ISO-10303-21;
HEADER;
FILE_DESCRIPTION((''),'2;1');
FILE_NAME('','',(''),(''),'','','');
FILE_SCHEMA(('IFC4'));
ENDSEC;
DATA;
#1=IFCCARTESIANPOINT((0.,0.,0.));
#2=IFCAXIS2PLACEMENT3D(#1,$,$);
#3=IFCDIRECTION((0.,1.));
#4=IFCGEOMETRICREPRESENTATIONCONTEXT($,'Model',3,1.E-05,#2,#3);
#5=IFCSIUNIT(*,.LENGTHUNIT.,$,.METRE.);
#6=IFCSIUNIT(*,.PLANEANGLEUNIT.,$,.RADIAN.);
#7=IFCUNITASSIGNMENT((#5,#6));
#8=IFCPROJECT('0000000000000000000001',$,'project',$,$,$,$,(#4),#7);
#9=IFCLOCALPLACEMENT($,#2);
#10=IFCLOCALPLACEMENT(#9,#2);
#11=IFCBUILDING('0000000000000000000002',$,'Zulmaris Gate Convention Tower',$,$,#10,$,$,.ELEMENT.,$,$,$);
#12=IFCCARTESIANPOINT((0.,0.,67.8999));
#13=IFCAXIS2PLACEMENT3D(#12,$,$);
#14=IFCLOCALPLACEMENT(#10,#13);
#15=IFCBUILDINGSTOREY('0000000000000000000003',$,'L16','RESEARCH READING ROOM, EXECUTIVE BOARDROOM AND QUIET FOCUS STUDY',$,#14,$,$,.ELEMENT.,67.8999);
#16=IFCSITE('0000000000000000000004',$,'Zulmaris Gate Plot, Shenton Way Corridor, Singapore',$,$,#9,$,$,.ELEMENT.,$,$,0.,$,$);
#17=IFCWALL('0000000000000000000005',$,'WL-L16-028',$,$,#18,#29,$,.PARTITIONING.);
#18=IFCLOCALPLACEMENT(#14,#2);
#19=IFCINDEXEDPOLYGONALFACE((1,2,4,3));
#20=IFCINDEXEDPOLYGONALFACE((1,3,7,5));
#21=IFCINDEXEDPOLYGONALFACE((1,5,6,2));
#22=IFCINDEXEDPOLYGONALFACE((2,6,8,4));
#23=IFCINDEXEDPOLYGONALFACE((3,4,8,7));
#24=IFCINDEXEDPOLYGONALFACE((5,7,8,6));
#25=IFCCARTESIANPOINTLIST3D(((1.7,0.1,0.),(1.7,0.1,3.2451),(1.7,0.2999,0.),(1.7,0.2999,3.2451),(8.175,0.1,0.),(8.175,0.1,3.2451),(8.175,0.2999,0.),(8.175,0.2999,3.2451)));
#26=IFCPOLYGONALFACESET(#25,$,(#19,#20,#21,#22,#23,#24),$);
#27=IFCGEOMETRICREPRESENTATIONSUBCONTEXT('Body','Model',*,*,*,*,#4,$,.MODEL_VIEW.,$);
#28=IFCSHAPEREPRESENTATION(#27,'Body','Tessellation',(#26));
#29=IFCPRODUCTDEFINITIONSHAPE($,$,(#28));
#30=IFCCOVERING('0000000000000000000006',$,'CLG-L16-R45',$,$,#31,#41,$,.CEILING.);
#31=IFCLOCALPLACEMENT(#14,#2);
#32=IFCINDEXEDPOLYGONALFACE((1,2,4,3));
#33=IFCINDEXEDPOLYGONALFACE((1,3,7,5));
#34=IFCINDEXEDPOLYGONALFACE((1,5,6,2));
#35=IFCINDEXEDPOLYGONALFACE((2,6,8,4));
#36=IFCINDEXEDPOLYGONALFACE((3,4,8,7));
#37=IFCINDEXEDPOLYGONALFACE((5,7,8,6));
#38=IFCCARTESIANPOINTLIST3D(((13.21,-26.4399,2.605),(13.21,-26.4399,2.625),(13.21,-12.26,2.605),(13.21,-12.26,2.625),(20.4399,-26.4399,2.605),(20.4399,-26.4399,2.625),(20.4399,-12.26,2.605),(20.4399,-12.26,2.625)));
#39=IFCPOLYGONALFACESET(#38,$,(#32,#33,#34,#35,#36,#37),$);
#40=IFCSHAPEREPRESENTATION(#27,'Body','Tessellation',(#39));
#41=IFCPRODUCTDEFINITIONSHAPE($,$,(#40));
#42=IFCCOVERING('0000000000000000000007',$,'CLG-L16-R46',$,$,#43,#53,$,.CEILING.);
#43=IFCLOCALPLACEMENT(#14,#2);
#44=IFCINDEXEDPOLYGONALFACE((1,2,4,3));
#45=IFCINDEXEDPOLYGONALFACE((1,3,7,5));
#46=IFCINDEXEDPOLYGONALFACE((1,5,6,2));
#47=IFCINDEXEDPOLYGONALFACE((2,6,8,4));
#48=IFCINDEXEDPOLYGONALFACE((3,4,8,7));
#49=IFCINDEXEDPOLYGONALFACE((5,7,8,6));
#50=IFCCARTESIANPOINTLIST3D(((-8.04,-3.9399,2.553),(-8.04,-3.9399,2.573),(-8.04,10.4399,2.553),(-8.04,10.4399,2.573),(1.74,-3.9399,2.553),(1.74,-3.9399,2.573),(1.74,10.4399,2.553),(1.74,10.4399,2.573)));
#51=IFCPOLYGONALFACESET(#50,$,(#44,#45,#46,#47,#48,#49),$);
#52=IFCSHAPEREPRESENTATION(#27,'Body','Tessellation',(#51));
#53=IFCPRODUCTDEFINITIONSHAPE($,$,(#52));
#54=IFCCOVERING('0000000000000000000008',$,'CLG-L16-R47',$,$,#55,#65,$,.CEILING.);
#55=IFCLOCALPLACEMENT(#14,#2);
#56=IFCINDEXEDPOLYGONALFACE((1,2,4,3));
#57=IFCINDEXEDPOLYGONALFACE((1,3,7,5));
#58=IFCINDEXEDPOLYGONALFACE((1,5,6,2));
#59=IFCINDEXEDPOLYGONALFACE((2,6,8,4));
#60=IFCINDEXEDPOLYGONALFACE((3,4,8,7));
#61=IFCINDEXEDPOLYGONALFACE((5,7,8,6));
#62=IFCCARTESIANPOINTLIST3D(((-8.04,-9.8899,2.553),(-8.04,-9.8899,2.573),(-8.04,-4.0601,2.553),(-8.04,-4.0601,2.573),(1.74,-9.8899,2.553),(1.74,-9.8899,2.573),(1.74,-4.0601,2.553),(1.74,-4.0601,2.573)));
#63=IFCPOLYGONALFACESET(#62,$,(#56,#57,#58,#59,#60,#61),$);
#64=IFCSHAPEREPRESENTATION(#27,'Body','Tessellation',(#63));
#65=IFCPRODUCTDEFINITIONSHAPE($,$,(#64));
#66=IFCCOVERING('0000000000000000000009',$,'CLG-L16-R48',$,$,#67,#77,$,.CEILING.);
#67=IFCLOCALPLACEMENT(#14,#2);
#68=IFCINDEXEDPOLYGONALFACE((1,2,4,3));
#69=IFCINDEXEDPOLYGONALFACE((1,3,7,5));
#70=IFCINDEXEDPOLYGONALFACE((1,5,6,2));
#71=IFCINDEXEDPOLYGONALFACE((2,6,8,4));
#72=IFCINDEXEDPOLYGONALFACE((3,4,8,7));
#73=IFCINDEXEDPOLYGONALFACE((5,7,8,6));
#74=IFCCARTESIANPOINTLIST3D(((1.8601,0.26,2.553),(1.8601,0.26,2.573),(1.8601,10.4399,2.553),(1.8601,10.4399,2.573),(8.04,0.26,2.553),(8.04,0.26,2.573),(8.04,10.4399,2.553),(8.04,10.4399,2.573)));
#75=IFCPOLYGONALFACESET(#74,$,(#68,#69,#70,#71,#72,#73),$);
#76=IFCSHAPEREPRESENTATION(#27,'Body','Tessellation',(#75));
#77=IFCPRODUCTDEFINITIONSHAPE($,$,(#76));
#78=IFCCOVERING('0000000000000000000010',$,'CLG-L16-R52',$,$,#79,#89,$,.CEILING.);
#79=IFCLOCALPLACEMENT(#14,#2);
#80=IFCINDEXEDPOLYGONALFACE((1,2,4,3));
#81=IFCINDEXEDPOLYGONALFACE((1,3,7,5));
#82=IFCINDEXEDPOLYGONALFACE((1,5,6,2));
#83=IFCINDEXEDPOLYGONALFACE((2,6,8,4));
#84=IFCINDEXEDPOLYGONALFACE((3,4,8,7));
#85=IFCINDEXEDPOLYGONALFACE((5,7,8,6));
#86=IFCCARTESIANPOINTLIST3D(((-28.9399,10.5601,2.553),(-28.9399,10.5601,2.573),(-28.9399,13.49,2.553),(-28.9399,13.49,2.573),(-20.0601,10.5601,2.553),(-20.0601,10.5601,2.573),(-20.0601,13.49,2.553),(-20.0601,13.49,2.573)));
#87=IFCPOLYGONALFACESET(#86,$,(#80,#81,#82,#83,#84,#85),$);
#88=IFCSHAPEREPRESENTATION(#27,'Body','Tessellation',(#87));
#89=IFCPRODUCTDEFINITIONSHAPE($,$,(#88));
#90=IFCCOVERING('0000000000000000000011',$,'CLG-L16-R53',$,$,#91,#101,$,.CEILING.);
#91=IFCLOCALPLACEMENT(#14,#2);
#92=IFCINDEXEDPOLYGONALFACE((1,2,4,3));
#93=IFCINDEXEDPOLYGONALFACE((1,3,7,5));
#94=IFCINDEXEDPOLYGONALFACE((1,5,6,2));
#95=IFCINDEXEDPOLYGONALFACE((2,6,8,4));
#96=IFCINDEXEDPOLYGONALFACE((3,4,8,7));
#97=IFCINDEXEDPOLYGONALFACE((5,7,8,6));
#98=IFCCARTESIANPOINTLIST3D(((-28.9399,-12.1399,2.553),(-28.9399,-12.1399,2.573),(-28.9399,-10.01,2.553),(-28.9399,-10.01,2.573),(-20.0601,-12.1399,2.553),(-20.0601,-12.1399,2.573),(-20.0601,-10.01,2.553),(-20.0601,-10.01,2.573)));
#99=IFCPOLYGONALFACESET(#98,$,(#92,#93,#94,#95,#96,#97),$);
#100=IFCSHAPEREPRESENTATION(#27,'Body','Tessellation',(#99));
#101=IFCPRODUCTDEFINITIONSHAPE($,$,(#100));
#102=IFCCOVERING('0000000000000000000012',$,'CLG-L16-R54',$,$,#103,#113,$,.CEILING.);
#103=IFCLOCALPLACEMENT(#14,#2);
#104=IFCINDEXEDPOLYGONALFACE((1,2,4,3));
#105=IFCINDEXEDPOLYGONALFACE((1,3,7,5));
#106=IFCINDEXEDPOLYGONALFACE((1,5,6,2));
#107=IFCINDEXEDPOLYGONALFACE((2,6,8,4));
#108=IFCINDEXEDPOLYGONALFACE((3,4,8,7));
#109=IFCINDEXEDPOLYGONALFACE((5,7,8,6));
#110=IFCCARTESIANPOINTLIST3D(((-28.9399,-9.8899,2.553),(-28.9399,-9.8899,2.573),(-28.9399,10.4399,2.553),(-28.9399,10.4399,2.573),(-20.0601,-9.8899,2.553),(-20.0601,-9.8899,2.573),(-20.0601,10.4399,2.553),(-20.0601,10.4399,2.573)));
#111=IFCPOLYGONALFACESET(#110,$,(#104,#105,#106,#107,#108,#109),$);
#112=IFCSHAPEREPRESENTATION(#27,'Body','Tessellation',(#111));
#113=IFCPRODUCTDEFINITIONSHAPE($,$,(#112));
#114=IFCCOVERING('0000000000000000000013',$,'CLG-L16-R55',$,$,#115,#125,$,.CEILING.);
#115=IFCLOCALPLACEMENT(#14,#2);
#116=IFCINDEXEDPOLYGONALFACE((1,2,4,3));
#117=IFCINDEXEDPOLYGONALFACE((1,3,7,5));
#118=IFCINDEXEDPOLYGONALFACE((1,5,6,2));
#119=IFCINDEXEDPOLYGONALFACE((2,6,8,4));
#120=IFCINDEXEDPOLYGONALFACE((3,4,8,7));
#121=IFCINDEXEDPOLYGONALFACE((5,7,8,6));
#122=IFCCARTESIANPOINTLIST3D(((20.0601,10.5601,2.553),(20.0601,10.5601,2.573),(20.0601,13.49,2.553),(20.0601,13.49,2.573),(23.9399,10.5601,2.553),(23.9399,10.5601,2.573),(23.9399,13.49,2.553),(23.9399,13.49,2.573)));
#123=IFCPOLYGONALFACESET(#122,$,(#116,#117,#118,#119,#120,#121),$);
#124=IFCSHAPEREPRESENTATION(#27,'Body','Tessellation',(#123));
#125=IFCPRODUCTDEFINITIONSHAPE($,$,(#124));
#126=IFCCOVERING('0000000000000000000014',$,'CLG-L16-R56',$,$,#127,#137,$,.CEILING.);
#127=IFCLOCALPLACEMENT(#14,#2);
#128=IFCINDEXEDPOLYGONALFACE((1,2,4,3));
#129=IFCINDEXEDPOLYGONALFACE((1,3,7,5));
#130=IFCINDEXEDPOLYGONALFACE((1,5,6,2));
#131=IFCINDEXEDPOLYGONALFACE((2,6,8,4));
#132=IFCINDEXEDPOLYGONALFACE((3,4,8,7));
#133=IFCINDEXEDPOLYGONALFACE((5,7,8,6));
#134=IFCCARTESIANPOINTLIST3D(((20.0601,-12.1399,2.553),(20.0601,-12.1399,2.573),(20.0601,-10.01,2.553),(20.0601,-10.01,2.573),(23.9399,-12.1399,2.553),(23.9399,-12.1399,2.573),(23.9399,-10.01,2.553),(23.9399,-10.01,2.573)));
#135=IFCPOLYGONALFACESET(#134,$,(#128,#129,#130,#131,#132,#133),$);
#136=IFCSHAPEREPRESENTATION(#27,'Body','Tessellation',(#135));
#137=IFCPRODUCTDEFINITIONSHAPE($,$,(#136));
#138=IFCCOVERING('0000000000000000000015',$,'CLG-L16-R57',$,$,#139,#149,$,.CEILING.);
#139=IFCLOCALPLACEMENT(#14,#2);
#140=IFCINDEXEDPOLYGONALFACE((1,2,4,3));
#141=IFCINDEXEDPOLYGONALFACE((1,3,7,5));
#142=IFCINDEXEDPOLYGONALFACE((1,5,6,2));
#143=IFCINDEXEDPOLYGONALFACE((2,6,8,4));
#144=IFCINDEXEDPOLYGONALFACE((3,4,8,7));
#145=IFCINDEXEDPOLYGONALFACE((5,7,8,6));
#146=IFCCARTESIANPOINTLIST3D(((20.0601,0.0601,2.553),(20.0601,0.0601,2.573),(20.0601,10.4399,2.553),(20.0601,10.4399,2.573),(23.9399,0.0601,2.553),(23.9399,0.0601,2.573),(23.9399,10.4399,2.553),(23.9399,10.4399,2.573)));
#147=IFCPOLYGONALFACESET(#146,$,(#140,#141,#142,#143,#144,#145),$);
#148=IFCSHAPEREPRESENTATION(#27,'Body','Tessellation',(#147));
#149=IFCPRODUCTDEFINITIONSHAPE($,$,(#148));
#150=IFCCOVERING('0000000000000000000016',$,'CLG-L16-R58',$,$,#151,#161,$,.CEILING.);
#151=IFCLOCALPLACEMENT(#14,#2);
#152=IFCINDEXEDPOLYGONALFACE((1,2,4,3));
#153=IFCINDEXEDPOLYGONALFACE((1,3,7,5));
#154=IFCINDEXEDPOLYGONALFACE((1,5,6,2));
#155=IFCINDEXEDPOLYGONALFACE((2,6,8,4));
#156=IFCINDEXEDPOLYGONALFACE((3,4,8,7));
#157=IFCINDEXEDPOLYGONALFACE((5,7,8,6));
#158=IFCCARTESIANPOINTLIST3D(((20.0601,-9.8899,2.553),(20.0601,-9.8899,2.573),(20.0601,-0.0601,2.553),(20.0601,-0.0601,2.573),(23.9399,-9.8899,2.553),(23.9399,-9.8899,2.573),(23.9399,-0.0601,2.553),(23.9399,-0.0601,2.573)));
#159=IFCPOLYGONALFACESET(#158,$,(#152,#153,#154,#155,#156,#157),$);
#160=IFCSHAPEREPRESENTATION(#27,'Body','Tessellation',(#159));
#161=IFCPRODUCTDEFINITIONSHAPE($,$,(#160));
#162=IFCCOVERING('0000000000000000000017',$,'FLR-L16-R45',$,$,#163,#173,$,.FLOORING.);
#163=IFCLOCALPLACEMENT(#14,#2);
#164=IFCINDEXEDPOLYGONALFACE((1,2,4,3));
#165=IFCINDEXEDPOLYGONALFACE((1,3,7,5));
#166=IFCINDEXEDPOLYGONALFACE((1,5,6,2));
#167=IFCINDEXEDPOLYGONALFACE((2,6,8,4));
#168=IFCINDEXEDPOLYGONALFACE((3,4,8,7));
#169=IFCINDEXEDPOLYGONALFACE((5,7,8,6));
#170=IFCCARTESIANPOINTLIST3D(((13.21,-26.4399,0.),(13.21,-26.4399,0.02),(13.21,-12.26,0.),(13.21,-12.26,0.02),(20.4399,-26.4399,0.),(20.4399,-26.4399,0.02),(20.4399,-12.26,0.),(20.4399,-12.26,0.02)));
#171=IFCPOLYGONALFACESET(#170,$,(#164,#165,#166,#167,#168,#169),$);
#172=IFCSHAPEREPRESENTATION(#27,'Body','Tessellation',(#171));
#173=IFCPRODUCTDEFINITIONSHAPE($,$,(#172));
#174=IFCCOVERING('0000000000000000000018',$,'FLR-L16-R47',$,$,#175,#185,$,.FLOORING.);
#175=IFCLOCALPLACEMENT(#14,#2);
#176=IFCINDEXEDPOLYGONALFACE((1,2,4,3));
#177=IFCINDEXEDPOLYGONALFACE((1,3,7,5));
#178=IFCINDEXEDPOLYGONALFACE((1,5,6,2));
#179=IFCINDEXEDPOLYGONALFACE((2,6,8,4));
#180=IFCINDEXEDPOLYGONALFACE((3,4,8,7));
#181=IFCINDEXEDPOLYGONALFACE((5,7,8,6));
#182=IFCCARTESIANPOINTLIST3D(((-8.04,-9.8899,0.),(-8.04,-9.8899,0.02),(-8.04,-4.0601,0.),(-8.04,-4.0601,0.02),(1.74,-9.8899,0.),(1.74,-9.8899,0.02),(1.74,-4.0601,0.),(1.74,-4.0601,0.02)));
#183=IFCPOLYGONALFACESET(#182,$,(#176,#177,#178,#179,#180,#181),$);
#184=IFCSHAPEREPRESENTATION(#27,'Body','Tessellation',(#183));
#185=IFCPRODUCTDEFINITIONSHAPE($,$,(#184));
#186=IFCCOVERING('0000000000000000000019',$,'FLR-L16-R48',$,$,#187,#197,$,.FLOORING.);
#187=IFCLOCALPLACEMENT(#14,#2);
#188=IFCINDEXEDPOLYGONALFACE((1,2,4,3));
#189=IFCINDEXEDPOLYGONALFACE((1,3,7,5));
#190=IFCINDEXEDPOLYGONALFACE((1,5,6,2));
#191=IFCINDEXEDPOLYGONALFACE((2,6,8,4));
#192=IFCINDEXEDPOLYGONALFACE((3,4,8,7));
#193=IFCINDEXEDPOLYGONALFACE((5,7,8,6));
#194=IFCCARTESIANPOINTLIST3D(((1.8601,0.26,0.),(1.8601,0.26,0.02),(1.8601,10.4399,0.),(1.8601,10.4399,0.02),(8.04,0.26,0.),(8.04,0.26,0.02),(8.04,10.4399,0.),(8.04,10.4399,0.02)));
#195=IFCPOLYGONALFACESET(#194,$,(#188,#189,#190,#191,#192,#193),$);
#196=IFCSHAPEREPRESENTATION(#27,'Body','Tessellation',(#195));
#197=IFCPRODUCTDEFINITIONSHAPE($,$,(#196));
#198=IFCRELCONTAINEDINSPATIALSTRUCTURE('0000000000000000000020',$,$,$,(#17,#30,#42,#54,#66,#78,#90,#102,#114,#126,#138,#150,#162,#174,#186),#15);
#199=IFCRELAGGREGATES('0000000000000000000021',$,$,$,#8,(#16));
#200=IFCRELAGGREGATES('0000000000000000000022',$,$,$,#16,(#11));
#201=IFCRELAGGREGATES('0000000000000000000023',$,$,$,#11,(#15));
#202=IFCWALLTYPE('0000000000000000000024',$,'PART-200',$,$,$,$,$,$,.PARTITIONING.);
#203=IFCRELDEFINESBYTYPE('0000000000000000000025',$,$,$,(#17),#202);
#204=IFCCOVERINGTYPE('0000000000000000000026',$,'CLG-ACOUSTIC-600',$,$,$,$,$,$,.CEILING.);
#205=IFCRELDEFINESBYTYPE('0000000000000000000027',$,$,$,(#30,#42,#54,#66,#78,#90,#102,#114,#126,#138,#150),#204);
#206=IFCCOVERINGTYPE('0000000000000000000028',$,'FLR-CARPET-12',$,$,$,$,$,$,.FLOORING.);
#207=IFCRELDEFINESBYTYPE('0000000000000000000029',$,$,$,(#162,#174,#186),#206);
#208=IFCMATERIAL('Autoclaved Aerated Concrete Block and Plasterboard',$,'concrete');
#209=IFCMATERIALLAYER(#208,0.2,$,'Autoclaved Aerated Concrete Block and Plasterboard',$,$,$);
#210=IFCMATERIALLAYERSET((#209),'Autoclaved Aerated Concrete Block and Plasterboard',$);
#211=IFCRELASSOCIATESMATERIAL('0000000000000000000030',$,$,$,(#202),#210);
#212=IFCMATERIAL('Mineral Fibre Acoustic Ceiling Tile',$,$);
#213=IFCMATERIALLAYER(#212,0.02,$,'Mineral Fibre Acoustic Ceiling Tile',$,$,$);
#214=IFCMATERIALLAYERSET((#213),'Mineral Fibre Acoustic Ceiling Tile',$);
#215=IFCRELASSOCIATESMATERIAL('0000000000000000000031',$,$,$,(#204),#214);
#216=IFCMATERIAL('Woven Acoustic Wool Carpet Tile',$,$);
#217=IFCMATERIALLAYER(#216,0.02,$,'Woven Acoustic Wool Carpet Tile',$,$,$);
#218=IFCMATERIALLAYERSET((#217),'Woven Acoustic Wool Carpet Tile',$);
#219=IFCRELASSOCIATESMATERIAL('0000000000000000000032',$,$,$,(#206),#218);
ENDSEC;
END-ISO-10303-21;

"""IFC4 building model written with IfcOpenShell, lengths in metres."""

from ifc_helpers import new_model, si_unit, direction, frame, frame_2d, origin, place, context, subcontext, project, spatial, polyline, rectangle, outline, extrude, material, layer, layer_set, type_object, element, save


model = new_model("IFC4")

# Units and contexts
model_context = context("Model", 3, precision=1e-05, world=origin(), true_north=direction((0.0, 1.0)))
body_context = subcontext(model_context, "Body", "Model", "MODEL_VIEW")
ifc_project = project(units=[si_unit("LENGTHUNIT", "METRE"), si_unit("PLANEANGLEUNIT", "RADIAN")], contexts=[model_context])

# Site, building, storey
site_placement = place(None, origin())
site = spatial("IfcSite", under=ifc_project, at=site_placement, Name="Zulmaris Gate Plot, Shenton Way Corridor, Singapore", CompositionType="ELEMENT", RefElevation=0.0)
building_placement = place(site_placement, origin())
building = spatial("IfcBuilding", under=site, at=building_placement, Name="Zulmaris Gate Convention Tower", CompositionType="ELEMENT")
storey_placement = place(building_placement, frame((0.0, 0.0, 67.8999)))
storey = spatial("IfcBuildingStorey", under=building, at=storey_placement, Name="L16", Description="RESEARCH READING ROOM, EXECUTIVE BOARDROOM AND QUIET FOCUS STUDY", CompositionType="ELEMENT", Elevation=67.8999)

# Wall
ifc_material_1 = material(Name="Autoclaved Aerated Concrete Block and Plasterboard", Category="concrete")
ifc_layer_1 = layer(ifc_material_1, 0.2, Name="Autoclaved Aerated Concrete Block and Plasterboard")
ifc_layer_set_1 = layer_set([ifc_layer_1], Name="Autoclaved Aerated Concrete Block and Plasterboard")
wall_type = type_object("IfcWallType", Name="PART-200", PredefinedType="PARTITIONING", material=ifc_layer_set_1)
wall_placement = place(storey_placement, frame((1.7, 0.2, 0.0), z_axis=(0.0, 0.0, 1.0), x_axis=(1.0, 0.0, 0.0)))
element("IfcWall", 1, at=wall_placement, inside=storey, type_object=wall_type, Name="WL-L16-028", PredefinedType="PARTITIONING", context=body_context, shape_type="SweptSolid", body=[
    extrude(rectangle(XDim=6.4751, YDim=0.2, at=frame_2d((3.2375, 0.0))), origin(), (0.0, 0.0, 1.0), 3.2451),
])

# Coverings
ifc_material_2 = material(Name="Mineral Fibre Acoustic Ceiling Tile")
ifc_layer_2 = layer(ifc_material_2, 0.02, Name="Mineral Fibre Acoustic Ceiling Tile")
ifc_layer_set_2 = layer_set([ifc_layer_2], Name="Mineral Fibre Acoustic Ceiling Tile")
covering_type_1 = type_object("IfcCoveringType", Name="CLG-ACOUSTIC-600", PredefinedType="CEILING", material=ifc_layer_set_2)
covering_1_placement = place(storey_placement, frame((0.0, 0.0, 2.605)))
element("IfcCovering", 2, at=covering_1_placement, inside=storey, type_object=covering_type_1, Name="CLG-L16-R45", PredefinedType="CEILING", context=body_context, shape_type="SweptSolid", body=[
    extrude(outline(polyline([(13.21, -26.4399), (20.4399, -26.4399), (20.4399, -12.26), (13.21, -12.26), (13.21, -26.4399)])), origin(), (0.0, 0.0, 1.0), 0.02),
])
covering_2_placement = place(storey_placement, frame((0.0, 0.0, 2.553)))
element("IfcCovering", 3, at=covering_2_placement, inside=storey, type_object=covering_type_1, Name="CLG-L16-R46", PredefinedType="CEILING", context=body_context, shape_type="SweptSolid", body=[
    extrude(outline(polyline([(-8.04, -3.9399), (1.74, -3.9399), (1.74, 10.4399), (-8.04, 10.4399), (-8.04, -3.9399)])), origin(), (0.0, 0.0, 1.0), 0.02),
])
covering_3_placement = place(storey_placement, frame((0.0, 0.0, 2.553)))
element("IfcCovering", 4, at=covering_3_placement, inside=storey, type_object=covering_type_1, Name="CLG-L16-R47", PredefinedType="CEILING", context=body_context, shape_type="SweptSolid", body=[
    extrude(outline(polyline([(-8.04, -9.8899), (1.74, -9.8899), (1.74, -4.0601), (-8.04, -4.0601), (-8.04, -9.8899)])), origin(), (0.0, 0.0, 1.0), 0.02),
])
covering_4_placement = place(storey_placement, frame((0.0, 0.0, 2.553)))
element("IfcCovering", 5, at=covering_4_placement, inside=storey, type_object=covering_type_1, Name="CLG-L16-R48", PredefinedType="CEILING", context=body_context, shape_type="SweptSolid", body=[
    extrude(outline(polyline([(1.8601, 0.26), (8.04, 0.26), (8.04, 10.4399), (1.8601, 10.4399), (1.8601, 0.26)])), origin(), (0.0, 0.0, 1.0), 0.02),
])
covering_5_placement = place(storey_placement, frame((0.0, 0.0, 2.553)))
element("IfcCovering", 6, at=covering_5_placement, inside=storey, type_object=covering_type_1, Name="CLG-L16-R52", PredefinedType="CEILING", context=body_context, shape_type="SweptSolid", body=[
    extrude(outline(polyline([(-28.9399, 10.5601), (-20.0601, 10.5601), (-20.0601, 13.49), (-28.9399, 13.49), (-28.9399, 10.5601)])), origin(), (0.0, 0.0, 1.0), 0.02),
])
covering_6_placement = place(storey_placement, frame((0.0, 0.0, 2.553)))
element("IfcCovering", 7, at=covering_6_placement, inside=storey, type_object=covering_type_1, Name="CLG-L16-R53", PredefinedType="CEILING", context=body_context, shape_type="SweptSolid", body=[
    extrude(outline(polyline([(-28.9399, -12.1399), (-20.0601, -12.1399), (-20.0601, -10.01), (-28.9399, -10.01), (-28.9399, -12.1399)])), origin(), (0.0, 0.0, 1.0), 0.02),
])
covering_7_placement = place(storey_placement, frame((0.0, 0.0, 2.553)))
element("IfcCovering", 8, at=covering_7_placement, inside=storey, type_object=covering_type_1, Name="CLG-L16-R54", PredefinedType="CEILING", context=body_context, shape_type="SweptSolid", body=[
    extrude(outline(polyline([(-28.9399, -9.8899), (-20.0601, -9.8899), (-20.0601, 10.4399), (-28.9399, 10.4399), (-28.9399, -9.8899)])), origin(), (0.0, 0.0, 1.0), 0.02),
])
covering_8_placement = place(storey_placement, frame((0.0, 0.0, 2.553)))
element("IfcCovering", 9, at=covering_8_placement, inside=storey, type_object=covering_type_1, Name="CLG-L16-R55", PredefinedType="CEILING", context=body_context, shape_type="SweptSolid", body=[
    extrude(outline(polyline([(20.0601, 10.5601), (23.9399, 10.5601), (23.9399, 13.49), (20.0601, 13.49), (20.0601, 10.5601)])), origin(), (0.0, 0.0, 1.0), 0.02),
])
covering_9_placement = place(storey_placement, frame((0.0, 0.0, 2.553)))
element("IfcCovering", 10, at=covering_9_placement, inside=storey, type_object=covering_type_1, Name="CLG-L16-R56", PredefinedType="CEILING", context=body_context, shape_type="SweptSolid", body=[
    extrude(outline(polyline([(20.0601, -12.1399), (23.9399, -12.1399), (23.9399, -10.01), (20.0601, -10.01), (20.0601, -12.1399)])), origin(), (0.0, 0.0, 1.0), 0.02),
])
covering_10_placement = place(storey_placement, frame((0.0, 0.0, 2.553)))
element("IfcCovering", 11, at=covering_10_placement, inside=storey, type_object=covering_type_1, Name="CLG-L16-R57", PredefinedType="CEILING", context=body_context, shape_type="SweptSolid", body=[
    extrude(outline(polyline([(20.0601, 0.0601), (23.9399, 0.0601), (23.9399, 10.4399), (20.0601, 10.4399), (20.0601, 0.0601)])), origin(), (0.0, 0.0, 1.0), 0.02),
])
covering_11_placement = place(storey_placement, frame((0.0, 0.0, 2.553)))
element("IfcCovering", 12, at=covering_11_placement, inside=storey, type_object=covering_type_1, Name="CLG-L16-R58", PredefinedType="CEILING", context=body_context, shape_type="SweptSolid", body=[
    extrude(outline(polyline([(20.0601, -9.8899), (23.9399, -9.8899), (23.9399, -0.0601), (20.0601, -0.0601), (20.0601, -9.8899)])), origin(), (0.0, 0.0, 1.0), 0.02),
])
ifc_material_3 = material(Name="Woven Acoustic Wool Carpet Tile")
ifc_layer_3 = layer(ifc_material_3, 0.02, Name="Woven Acoustic Wool Carpet Tile")
ifc_layer_set_3 = layer_set([ifc_layer_3], Name="Woven Acoustic Wool Carpet Tile")
covering_type_2 = type_object("IfcCoveringType", Name="FLR-CARPET-12", PredefinedType="FLOORING", material=ifc_layer_set_3)
covering_12_placement = place(storey_placement, origin())
element("IfcCovering", 13, at=covering_12_placement, inside=storey, type_object=covering_type_2, Name="FLR-L16-R45", PredefinedType="FLOORING", context=body_context, shape_type="SweptSolid", body=[
    extrude(outline(polyline([(13.21, -26.4399), (20.4399, -26.4399), (20.4399, -12.26), (13.21, -12.26), (13.21, -26.4399)])), origin(), (0.0, 0.0, 1.0), 0.02),
])
covering_13_placement = place(storey_placement, origin())
element("IfcCovering", 14, at=covering_13_placement, inside=storey, type_object=covering_type_2, Name="FLR-L16-R47", PredefinedType="FLOORING", context=body_context, shape_type="SweptSolid", body=[
    extrude(outline(polyline([(-8.04, -9.8899), (1.74, -9.8899), (1.74, -4.0601), (-8.04, -4.0601), (-8.04, -9.8899)])), origin(), (0.0, 0.0, 1.0), 0.02),
])
covering_14_placement = place(storey_placement, origin())
element("IfcCovering", 15, at=covering_14_placement, inside=storey, type_object=covering_type_2, Name="FLR-L16-R48", PredefinedType="FLOORING", context=body_context, shape_type="SweptSolid", body=[
    extrude(outline(polyline([(1.8601, 0.26), (8.04, 0.26), (8.04, 10.4399), (1.8601, 10.4399), (1.8601, 0.26)])), origin(), (0.0, 0.0, 1.0), 0.02),
])

save(model, "model.ifc")
